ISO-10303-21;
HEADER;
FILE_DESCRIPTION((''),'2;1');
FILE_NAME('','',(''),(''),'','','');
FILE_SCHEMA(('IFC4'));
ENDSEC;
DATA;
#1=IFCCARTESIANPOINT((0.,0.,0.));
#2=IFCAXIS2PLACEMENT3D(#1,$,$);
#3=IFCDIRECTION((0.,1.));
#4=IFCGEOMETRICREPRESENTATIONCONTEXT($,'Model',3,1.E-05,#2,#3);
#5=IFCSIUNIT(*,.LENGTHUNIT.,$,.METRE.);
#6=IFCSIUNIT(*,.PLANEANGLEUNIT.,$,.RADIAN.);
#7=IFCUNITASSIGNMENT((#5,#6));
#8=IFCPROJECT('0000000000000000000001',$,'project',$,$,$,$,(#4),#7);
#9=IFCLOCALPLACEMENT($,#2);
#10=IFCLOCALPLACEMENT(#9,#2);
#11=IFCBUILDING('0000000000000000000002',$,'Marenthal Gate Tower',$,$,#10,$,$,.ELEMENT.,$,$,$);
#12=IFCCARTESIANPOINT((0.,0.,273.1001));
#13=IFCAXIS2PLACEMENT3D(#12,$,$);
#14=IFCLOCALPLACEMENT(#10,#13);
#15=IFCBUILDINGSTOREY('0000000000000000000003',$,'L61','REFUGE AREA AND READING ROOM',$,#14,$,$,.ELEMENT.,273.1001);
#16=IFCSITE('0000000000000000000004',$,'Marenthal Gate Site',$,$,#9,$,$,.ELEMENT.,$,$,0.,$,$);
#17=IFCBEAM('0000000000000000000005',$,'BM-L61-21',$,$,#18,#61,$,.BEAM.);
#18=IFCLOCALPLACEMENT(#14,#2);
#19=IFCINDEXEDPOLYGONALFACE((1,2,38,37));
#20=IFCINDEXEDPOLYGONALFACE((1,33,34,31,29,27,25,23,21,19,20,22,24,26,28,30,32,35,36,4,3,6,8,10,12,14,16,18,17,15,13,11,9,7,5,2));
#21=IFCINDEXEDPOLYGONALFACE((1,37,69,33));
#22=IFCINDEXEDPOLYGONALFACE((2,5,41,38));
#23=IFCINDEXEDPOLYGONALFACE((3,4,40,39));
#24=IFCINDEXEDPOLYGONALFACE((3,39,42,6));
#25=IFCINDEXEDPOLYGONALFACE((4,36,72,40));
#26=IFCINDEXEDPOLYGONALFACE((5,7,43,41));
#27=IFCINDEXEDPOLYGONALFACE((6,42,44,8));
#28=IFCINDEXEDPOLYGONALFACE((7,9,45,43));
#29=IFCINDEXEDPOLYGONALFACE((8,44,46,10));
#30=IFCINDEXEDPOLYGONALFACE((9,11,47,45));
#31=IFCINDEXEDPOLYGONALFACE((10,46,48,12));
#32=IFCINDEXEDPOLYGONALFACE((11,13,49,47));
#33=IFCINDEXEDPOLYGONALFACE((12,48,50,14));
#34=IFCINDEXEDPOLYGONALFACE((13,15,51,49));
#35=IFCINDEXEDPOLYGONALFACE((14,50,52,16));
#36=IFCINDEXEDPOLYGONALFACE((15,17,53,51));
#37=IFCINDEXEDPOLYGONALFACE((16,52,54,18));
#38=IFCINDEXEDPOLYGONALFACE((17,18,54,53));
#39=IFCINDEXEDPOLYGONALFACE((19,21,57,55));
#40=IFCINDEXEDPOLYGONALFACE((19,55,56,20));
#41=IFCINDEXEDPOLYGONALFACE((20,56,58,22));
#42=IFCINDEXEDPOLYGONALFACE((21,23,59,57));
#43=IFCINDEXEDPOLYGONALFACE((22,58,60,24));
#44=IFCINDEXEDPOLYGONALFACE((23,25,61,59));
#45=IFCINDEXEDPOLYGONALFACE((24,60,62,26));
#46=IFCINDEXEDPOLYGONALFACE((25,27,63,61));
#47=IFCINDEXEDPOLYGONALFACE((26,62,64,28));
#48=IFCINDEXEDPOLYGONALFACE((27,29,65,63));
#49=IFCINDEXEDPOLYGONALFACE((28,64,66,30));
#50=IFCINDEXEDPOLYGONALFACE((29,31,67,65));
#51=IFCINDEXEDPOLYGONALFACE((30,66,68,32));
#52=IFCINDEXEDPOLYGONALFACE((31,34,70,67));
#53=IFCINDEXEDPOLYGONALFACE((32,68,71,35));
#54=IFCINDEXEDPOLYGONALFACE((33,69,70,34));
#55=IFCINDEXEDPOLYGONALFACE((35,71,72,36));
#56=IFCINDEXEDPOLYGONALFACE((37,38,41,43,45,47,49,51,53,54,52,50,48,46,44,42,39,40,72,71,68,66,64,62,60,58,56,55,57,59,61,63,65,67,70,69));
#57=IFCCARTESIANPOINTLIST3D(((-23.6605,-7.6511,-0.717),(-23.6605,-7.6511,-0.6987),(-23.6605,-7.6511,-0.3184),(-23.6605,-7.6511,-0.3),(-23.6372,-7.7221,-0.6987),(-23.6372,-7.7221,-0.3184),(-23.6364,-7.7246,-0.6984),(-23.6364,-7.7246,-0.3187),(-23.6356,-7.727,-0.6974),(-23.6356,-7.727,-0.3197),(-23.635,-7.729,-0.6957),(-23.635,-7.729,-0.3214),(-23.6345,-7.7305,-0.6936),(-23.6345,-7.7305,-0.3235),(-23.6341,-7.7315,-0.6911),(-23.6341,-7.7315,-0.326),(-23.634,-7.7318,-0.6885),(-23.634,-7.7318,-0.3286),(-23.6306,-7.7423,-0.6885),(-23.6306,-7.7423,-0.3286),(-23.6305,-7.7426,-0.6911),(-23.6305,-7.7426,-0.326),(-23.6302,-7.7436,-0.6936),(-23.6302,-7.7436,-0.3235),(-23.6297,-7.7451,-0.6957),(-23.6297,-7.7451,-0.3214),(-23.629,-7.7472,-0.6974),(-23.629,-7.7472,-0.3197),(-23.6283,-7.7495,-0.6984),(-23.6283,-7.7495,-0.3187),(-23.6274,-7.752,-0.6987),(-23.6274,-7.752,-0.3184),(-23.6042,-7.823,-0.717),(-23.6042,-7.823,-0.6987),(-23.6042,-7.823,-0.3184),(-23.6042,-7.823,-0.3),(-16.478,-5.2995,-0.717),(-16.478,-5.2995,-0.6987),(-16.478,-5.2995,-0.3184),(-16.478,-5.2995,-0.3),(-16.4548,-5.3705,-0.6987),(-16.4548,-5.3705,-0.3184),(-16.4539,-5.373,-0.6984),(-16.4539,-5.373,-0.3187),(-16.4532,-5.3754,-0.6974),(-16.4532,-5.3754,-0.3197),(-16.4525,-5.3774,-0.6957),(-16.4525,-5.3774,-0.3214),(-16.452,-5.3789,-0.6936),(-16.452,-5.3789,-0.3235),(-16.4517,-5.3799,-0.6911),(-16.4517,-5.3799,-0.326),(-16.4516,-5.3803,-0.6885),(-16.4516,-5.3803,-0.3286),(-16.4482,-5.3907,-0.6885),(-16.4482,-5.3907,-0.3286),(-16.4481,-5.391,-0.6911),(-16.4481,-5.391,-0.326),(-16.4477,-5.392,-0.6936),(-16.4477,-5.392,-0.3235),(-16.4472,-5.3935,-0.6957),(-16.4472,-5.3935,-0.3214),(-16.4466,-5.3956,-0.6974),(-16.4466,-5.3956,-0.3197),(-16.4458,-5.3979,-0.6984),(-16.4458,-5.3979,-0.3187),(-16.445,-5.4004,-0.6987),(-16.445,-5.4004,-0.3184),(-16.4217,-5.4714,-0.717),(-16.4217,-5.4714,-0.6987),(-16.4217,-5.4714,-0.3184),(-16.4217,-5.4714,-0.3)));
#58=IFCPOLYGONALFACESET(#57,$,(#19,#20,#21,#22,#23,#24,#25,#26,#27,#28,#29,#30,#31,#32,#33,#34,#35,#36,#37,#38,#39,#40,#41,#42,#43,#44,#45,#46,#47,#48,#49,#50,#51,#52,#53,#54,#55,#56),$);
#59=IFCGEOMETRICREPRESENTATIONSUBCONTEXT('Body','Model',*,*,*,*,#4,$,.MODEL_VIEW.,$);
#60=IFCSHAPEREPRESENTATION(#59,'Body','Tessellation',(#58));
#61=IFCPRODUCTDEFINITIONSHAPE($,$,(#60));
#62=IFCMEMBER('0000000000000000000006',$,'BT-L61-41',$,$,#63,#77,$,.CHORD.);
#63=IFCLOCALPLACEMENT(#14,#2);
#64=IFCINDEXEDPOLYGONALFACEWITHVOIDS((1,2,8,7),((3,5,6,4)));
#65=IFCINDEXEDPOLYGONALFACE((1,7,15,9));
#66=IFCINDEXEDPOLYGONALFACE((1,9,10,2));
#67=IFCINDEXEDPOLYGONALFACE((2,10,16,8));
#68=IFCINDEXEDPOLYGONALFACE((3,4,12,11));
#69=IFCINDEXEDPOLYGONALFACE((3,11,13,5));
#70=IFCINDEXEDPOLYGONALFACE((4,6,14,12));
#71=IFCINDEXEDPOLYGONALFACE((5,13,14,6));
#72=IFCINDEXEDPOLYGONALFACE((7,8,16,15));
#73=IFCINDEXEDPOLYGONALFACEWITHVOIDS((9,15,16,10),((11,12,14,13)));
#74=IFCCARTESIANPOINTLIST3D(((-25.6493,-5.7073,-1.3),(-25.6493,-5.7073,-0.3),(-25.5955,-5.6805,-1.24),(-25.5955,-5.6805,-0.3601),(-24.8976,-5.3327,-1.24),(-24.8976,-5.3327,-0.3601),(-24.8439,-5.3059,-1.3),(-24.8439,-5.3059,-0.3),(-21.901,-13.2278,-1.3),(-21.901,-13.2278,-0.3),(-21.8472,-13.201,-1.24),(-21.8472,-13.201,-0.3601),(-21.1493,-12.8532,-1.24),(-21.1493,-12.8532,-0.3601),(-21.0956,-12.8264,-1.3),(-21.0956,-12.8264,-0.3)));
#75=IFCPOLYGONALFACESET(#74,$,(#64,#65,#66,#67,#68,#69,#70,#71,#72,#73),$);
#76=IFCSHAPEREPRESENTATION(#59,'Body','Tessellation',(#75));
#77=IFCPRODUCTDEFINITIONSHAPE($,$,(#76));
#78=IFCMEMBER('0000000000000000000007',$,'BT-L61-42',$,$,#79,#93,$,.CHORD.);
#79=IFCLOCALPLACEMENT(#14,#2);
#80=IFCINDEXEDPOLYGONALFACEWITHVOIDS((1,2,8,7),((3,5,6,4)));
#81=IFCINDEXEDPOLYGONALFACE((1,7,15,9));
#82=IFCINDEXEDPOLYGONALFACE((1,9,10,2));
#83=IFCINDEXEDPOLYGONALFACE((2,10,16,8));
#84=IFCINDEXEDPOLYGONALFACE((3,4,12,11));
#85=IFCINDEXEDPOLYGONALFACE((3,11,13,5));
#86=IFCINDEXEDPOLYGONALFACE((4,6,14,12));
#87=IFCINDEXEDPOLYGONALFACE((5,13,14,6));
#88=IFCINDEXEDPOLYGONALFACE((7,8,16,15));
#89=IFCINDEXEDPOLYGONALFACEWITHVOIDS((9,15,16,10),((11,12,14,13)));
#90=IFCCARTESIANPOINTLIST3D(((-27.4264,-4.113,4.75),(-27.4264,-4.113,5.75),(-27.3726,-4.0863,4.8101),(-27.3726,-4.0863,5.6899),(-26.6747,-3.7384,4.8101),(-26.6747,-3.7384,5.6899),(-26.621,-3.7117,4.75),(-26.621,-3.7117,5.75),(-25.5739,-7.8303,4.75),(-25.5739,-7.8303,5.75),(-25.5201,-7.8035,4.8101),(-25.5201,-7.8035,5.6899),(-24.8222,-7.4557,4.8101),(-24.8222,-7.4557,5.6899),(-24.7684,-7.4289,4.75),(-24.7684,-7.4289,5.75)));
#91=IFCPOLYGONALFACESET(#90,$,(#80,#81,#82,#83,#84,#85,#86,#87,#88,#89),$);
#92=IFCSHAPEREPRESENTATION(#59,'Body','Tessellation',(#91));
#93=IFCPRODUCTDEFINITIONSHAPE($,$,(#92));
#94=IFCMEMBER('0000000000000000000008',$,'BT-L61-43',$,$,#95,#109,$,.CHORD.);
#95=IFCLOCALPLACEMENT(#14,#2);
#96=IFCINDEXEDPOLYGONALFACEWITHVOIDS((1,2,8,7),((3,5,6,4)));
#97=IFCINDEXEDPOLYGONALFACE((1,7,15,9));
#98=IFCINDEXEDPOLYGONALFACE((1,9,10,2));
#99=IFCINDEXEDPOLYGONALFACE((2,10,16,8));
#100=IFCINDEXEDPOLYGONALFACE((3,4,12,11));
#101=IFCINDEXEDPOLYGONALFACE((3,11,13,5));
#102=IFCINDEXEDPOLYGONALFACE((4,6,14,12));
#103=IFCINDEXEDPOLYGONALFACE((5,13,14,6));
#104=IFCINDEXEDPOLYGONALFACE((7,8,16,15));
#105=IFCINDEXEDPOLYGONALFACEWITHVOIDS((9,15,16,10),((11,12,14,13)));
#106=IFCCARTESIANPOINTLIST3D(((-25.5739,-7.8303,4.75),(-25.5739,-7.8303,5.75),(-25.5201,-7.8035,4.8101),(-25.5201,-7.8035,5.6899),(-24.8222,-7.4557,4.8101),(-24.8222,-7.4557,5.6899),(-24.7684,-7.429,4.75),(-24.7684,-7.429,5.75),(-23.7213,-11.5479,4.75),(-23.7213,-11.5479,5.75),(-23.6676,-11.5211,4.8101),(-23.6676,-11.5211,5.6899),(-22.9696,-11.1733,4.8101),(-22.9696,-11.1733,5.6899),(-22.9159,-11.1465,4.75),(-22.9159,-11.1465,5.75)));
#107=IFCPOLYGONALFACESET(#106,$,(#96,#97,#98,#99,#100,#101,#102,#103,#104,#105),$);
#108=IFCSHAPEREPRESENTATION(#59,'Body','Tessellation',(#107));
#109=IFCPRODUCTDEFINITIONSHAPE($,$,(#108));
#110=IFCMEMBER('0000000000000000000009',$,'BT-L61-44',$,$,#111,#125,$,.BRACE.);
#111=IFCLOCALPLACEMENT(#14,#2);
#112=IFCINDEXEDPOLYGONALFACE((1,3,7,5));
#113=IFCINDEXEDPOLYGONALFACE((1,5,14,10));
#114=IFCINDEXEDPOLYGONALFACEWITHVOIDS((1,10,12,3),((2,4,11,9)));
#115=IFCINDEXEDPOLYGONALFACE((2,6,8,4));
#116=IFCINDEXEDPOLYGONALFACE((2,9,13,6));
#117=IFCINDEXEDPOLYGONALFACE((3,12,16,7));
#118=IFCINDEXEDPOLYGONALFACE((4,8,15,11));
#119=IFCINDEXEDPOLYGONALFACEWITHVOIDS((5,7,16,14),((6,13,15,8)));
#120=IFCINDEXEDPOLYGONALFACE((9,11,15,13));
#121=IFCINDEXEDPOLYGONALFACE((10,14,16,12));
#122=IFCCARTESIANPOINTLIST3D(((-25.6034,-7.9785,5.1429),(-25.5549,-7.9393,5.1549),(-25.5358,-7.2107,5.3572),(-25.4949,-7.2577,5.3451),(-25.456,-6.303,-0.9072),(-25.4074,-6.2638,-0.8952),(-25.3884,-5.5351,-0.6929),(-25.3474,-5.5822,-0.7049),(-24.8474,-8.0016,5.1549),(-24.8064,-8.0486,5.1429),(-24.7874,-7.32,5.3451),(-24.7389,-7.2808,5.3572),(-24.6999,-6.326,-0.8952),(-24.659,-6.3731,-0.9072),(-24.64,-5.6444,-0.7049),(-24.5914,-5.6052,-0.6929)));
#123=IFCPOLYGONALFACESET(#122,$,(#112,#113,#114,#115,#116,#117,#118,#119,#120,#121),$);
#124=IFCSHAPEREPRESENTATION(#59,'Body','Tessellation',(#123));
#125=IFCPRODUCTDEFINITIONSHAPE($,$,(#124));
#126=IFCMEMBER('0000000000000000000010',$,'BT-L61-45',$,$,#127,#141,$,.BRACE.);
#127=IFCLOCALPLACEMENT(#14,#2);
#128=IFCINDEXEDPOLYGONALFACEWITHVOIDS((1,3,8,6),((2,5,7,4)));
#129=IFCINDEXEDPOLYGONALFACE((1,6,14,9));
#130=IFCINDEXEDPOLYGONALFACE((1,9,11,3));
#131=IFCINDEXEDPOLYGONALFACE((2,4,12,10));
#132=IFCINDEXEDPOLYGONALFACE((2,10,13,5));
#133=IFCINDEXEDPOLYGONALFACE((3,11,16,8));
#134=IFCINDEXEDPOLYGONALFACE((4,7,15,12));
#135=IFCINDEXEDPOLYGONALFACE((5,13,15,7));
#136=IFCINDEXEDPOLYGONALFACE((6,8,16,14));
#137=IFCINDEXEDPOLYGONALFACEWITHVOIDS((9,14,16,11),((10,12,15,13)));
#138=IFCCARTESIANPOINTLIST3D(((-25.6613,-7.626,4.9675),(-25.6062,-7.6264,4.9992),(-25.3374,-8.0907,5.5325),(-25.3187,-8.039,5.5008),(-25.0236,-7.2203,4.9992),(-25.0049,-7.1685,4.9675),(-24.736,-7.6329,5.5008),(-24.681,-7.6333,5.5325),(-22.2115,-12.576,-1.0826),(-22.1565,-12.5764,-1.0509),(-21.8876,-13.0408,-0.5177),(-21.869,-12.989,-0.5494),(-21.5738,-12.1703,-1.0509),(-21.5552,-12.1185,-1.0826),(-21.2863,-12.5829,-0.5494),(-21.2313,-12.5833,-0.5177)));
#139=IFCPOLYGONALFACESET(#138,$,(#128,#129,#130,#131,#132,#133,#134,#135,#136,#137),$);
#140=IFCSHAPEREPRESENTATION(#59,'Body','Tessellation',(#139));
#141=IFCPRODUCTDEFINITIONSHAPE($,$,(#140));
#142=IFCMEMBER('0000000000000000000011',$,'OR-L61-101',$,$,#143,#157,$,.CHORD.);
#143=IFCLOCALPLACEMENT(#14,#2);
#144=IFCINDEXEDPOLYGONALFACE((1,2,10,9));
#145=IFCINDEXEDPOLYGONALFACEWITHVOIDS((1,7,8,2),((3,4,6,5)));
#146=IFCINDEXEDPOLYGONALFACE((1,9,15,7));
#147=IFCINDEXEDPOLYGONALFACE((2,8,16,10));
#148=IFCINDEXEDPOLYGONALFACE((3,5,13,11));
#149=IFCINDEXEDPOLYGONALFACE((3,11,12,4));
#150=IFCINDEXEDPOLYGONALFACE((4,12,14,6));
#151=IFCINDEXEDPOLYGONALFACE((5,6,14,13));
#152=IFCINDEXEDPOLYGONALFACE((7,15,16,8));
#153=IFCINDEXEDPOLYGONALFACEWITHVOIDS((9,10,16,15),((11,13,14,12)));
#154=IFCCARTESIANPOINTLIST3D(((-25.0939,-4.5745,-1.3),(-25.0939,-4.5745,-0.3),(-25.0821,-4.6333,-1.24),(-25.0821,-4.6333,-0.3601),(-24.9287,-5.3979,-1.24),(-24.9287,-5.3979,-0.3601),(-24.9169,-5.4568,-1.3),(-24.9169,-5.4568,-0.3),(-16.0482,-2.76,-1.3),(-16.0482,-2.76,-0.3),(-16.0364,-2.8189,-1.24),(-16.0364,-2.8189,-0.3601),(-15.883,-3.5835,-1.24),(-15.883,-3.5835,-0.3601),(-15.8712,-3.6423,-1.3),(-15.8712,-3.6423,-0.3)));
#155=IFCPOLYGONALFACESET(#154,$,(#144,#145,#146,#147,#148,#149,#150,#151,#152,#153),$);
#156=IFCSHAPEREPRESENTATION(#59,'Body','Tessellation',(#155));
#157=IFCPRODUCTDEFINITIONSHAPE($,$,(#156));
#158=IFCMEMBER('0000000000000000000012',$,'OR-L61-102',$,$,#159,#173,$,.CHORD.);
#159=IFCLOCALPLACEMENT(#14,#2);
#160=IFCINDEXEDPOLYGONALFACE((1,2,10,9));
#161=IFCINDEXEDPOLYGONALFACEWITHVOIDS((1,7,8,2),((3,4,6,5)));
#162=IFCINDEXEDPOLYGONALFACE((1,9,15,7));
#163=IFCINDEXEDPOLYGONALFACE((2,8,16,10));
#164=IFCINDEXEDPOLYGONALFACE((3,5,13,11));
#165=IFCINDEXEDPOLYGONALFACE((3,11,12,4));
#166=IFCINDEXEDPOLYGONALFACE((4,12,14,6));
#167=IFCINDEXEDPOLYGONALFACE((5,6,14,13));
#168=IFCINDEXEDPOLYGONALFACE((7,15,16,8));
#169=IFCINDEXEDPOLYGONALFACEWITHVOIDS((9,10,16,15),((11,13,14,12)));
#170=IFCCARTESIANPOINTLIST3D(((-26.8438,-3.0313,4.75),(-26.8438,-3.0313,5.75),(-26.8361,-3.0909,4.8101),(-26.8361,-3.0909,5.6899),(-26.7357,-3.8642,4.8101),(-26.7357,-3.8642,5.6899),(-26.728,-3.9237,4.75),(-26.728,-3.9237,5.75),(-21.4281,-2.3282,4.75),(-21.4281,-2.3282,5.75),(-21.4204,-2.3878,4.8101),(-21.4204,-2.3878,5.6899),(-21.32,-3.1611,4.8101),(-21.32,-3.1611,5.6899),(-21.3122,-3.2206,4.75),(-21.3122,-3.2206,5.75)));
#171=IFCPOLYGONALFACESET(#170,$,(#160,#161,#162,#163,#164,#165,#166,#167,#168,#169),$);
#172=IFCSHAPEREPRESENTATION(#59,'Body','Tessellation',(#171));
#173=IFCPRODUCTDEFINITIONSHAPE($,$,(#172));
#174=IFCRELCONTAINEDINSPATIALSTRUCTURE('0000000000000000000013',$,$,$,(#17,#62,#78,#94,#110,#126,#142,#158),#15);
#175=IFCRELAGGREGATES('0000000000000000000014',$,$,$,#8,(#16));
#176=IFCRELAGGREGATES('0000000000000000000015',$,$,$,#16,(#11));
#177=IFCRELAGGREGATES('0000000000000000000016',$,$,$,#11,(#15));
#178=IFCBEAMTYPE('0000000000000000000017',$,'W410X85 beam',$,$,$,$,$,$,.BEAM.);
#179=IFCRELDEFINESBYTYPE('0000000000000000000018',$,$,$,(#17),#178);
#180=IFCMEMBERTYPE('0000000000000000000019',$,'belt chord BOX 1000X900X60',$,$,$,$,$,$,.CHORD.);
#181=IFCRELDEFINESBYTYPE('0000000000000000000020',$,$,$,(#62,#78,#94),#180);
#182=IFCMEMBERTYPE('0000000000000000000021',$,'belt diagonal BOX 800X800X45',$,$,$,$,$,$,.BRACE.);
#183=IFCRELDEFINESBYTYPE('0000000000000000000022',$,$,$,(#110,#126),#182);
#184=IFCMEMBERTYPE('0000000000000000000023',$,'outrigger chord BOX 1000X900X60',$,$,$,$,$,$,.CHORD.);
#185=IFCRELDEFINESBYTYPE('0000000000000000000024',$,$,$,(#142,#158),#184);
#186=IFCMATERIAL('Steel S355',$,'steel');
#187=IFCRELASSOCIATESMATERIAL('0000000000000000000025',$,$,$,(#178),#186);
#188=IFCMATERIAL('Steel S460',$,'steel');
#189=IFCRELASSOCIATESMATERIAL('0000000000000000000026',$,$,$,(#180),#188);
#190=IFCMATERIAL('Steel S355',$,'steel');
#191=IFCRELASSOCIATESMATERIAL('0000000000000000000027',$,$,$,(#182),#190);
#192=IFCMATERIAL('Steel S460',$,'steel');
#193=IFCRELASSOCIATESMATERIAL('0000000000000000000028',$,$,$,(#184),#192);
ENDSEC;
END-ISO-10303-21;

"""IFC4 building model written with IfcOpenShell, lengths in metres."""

from ifc_helpers import new_model, si_unit, direction, frame, origin, origin_2d, place, context, subcontext, project, spatial, hollow_rectangle, i_section, extrude, material, material_profile, profile_set, type_object, element, save


model = new_model("IFC4")

# Units and contexts
model_context = context("Model", 3, precision=1e-05, world=origin(), true_north=direction((0.0, 1.0)))
body_context = subcontext(model_context, "Body", "Model", "MODEL_VIEW")
ifc_project = project(units=[si_unit("LENGTHUNIT", "METRE"), si_unit("PLANEANGLEUNIT", "RADIAN")], contexts=[model_context])

# Site, building, storey
site_placement = place(None, origin())
site = spatial("IfcSite", under=ifc_project, at=site_placement, Name="Marenthal Gate Site", CompositionType="ELEMENT", RefElevation=0.0)
building_placement = place(site_placement, origin())
building = spatial("IfcBuilding", under=site, at=building_placement, Name="Marenthal Gate Tower", CompositionType="ELEMENT")
storey_placement = place(building_placement, frame((0.0, 0.0, 273.1001)))
storey = spatial("IfcBuildingStorey", under=building, at=storey_placement, Name="L61", Description="REFUGE AREA AND READING ROOM", CompositionType="ELEMENT", Elevation=273.1001)

# Beam
ifc_material_1 = material(Name="Steel S355", Category="steel")
ifc_material_profile_1 = material_profile(ifc_material_1, i_section(OverallWidth=0.1809, OverallDepth=0.417, WebThickness=0.011, FlangeThickness=0.0183, FilletRadius=0.0103, at=origin_2d()), Name="W410X85")
ifc_profile_set_1 = profile_set([ifc_material_profile_1], Name="Steel S355")
beam_type = type_object("IfcBeamType", Name="W410X85 beam", PredefinedType="BEAM", material=ifc_profile_set_1)
beam_placement = place(storey_placement, frame((-23.6323, -7.7371, -0.5085), z_axis=(0.950359, 0.311155, 0.0), x_axis=(-0.311155, 0.950359, 0.0)))
element("IfcBeam", 1, at=beam_placement, inside=storey, type_object=beam_type, Name="BM-L61-21", PredefinedType="BEAM", context=body_context, shape_type="SweptSolid", body=[
    extrude(i_section(OverallWidth=0.1809, OverallDepth=0.417, WebThickness=0.011, FlangeThickness=0.0183, FilletRadius=0.0103, at=origin_2d()), origin(), (0.0, 0.0, 1.0), 7.5576),
])

# Members
ifc_material_2 = material(Name="Steel S460", Category="steel")
ifc_material_profile_2 = material_profile(ifc_material_2, hollow_rectangle(XDim=0.8999, YDim=1.0, WallThickness=0.0601, at=origin_2d()), Name="BOX 1000X900X60")
ifc_profile_set_2 = profile_set([ifc_material_profile_2], Name="Steel S460")
member_type_1 = type_object("IfcMemberType", Name="belt chord BOX 1000X900X60", PredefinedType="CHORD", material=ifc_profile_set_2)
member_1_placement = place(storey_placement, frame((-25.2466, -5.5066, -0.8), z_axis=(0.446074, -0.894996, 0.0), x_axis=(0.894996, 0.446074, 0.0)))
element("IfcMember", 2, at=member_1_placement, inside=storey, type_object=member_type_1, Name="BT-L61-41", PredefinedType="CHORD", context=body_context, shape_type="SweptSolid", body=[
    extrude(hollow_rectangle(XDim=0.8999, YDim=1.0, WallThickness=0.0601, at=origin_2d()), origin(), (0.0, 0.0, 1.0), 8.4028),
])
member_2_placement = place(storey_placement, frame((-27.0237, -3.9124, 5.25), z_axis=(0.446038, -0.895014, 0.0), x_axis=(0.895014, 0.446038, 0.0)))
element("IfcMember", 3, at=member_2_placement, inside=storey, type_object=member_type_1, Name="BT-L61-42", PredefinedType="CHORD", context=body_context, shape_type="SweptSolid", body=[
    extrude(hollow_rectangle(XDim=0.8999, YDim=1.0, WallThickness=0.0601, at=origin_2d()), origin(), (0.0, 0.0, 1.0), 4.1533),
])
member_3_placement = place(storey_placement, frame((-25.1711, -7.6296, 5.25), z_axis=(0.446014, -0.895026, 0.0), x_axis=(0.895026, 0.446014, 0.0)))
element("IfcMember", 4, at=member_3_placement, inside=storey, type_object=member_type_1, Name="BT-L61-43", PredefinedType="CHORD", context=body_context, shape_type="SweptSolid", body=[
    extrude(hollow_rectangle(XDim=0.8999, YDim=1.0, WallThickness=0.0601, at=origin_2d()), origin(), (0.0, 0.0, 1.0), 4.1536),
])
ifc_material_3 = material(Name="Steel S355", Category="steel")
ifc_material_profile_3 = material_profile(ifc_material_3, hollow_rectangle(XDim=0.8, YDim=0.8, WallThickness=0.0449, at=origin_2d()), Name="BOX 800X800X45")
ifc_profile_set_3 = profile_set([ifc_material_profile_3], Name="Steel S355")
member_type_2 = type_object("IfcMemberType", Name="belt diagonal BOX 800X800X45", PredefinedType="BRACE", material=ifc_profile_set_3)
member_4_placement = place(storey_placement, frame((-25.0237, -5.9541, -0.8), z_axis=(-0.023483, -0.266826, 0.963459), x_axis=(0.99615, -0.087669, 0.0)))
element("IfcMember", 5, at=member_4_placement, inside=storey, type_object=member_type_2, Name="BT-L61-44", PredefinedType="BRACE", context=body_context, shape_type="SweptSolid", body=[
    extrude(hollow_rectangle(XDim=0.8, YDim=0.8, WallThickness=0.0449, at=origin_2d()), origin(), (0.0, 0.0, 1.0), 6.2795),
])
member_5_placement = place(storey_placement, frame((-25.1711, -7.6296, 5.25), z_axis=(0.403742, -0.579326, -0.708078), x_axis=(0.820418, 0.571764, 0.0)))
element("IfcMember", 6, at=member_5_placement, inside=storey, type_object=member_type_2, Name="BT-L61-45", PredefinedType="BRACE", context=body_context, shape_type="SweptSolid", body=[
    extrude(hollow_rectangle(XDim=0.8, YDim=0.8, WallThickness=0.0449, at=origin_2d()), origin(), (0.0, 0.0, 1.0), 8.5444),
])
ifc_material_4 = material(Name="Steel S460", Category="steel")
ifc_material_profile_4 = material_profile(ifc_material_4, hollow_rectangle(XDim=0.8999, YDim=1.0, WallThickness=0.0601, at=origin_2d()), Name="BOX 1000X900X60")
ifc_profile_set_4 = profile_set([ifc_material_profile_4], Name="Steel S460")
member_type_3 = type_object("IfcMemberType", Name="outrigger chord BOX 1000X900X60", PredefinedType="CHORD", material=ifc_profile_set_4)
member_6_placement = place(storey_placement, frame((-25.0054, -5.0156, -0.8), z_axis=(0.98047, 0.196671, 0.0), x_axis=(-0.196671, 0.98047, 0.0)))
element("IfcMember", 7, at=member_6_placement, inside=storey, type_object=member_type_3, Name="OR-L61-101", PredefinedType="CHORD", context=body_context, shape_type="SweptSolid", body=[
    extrude(hollow_rectangle(XDim=0.8999, YDim=1.0, WallThickness=0.0601, at=origin_2d()), origin(), (0.0, 0.0, 1.0), 9.2258),
])
member_7_placement = place(storey_placement, frame((-26.7859, -3.4775, 5.25), z_axis=(0.991677, 0.128749, 0.0), x_axis=(-0.128749, 0.991677, 0.0)))
element("IfcMember", 8, at=member_7_placement, inside=storey, type_object=member_type_3, Name="OR-L61-102", PredefinedType="CHORD", context=body_context, shape_type="SweptSolid", body=[
    extrude(hollow_rectangle(XDim=0.8999, YDim=1.0, WallThickness=0.0601, at=origin_2d()), origin(), (0.0, 0.0, 1.0), 5.4612),
])

save(model, "model.ifc")
